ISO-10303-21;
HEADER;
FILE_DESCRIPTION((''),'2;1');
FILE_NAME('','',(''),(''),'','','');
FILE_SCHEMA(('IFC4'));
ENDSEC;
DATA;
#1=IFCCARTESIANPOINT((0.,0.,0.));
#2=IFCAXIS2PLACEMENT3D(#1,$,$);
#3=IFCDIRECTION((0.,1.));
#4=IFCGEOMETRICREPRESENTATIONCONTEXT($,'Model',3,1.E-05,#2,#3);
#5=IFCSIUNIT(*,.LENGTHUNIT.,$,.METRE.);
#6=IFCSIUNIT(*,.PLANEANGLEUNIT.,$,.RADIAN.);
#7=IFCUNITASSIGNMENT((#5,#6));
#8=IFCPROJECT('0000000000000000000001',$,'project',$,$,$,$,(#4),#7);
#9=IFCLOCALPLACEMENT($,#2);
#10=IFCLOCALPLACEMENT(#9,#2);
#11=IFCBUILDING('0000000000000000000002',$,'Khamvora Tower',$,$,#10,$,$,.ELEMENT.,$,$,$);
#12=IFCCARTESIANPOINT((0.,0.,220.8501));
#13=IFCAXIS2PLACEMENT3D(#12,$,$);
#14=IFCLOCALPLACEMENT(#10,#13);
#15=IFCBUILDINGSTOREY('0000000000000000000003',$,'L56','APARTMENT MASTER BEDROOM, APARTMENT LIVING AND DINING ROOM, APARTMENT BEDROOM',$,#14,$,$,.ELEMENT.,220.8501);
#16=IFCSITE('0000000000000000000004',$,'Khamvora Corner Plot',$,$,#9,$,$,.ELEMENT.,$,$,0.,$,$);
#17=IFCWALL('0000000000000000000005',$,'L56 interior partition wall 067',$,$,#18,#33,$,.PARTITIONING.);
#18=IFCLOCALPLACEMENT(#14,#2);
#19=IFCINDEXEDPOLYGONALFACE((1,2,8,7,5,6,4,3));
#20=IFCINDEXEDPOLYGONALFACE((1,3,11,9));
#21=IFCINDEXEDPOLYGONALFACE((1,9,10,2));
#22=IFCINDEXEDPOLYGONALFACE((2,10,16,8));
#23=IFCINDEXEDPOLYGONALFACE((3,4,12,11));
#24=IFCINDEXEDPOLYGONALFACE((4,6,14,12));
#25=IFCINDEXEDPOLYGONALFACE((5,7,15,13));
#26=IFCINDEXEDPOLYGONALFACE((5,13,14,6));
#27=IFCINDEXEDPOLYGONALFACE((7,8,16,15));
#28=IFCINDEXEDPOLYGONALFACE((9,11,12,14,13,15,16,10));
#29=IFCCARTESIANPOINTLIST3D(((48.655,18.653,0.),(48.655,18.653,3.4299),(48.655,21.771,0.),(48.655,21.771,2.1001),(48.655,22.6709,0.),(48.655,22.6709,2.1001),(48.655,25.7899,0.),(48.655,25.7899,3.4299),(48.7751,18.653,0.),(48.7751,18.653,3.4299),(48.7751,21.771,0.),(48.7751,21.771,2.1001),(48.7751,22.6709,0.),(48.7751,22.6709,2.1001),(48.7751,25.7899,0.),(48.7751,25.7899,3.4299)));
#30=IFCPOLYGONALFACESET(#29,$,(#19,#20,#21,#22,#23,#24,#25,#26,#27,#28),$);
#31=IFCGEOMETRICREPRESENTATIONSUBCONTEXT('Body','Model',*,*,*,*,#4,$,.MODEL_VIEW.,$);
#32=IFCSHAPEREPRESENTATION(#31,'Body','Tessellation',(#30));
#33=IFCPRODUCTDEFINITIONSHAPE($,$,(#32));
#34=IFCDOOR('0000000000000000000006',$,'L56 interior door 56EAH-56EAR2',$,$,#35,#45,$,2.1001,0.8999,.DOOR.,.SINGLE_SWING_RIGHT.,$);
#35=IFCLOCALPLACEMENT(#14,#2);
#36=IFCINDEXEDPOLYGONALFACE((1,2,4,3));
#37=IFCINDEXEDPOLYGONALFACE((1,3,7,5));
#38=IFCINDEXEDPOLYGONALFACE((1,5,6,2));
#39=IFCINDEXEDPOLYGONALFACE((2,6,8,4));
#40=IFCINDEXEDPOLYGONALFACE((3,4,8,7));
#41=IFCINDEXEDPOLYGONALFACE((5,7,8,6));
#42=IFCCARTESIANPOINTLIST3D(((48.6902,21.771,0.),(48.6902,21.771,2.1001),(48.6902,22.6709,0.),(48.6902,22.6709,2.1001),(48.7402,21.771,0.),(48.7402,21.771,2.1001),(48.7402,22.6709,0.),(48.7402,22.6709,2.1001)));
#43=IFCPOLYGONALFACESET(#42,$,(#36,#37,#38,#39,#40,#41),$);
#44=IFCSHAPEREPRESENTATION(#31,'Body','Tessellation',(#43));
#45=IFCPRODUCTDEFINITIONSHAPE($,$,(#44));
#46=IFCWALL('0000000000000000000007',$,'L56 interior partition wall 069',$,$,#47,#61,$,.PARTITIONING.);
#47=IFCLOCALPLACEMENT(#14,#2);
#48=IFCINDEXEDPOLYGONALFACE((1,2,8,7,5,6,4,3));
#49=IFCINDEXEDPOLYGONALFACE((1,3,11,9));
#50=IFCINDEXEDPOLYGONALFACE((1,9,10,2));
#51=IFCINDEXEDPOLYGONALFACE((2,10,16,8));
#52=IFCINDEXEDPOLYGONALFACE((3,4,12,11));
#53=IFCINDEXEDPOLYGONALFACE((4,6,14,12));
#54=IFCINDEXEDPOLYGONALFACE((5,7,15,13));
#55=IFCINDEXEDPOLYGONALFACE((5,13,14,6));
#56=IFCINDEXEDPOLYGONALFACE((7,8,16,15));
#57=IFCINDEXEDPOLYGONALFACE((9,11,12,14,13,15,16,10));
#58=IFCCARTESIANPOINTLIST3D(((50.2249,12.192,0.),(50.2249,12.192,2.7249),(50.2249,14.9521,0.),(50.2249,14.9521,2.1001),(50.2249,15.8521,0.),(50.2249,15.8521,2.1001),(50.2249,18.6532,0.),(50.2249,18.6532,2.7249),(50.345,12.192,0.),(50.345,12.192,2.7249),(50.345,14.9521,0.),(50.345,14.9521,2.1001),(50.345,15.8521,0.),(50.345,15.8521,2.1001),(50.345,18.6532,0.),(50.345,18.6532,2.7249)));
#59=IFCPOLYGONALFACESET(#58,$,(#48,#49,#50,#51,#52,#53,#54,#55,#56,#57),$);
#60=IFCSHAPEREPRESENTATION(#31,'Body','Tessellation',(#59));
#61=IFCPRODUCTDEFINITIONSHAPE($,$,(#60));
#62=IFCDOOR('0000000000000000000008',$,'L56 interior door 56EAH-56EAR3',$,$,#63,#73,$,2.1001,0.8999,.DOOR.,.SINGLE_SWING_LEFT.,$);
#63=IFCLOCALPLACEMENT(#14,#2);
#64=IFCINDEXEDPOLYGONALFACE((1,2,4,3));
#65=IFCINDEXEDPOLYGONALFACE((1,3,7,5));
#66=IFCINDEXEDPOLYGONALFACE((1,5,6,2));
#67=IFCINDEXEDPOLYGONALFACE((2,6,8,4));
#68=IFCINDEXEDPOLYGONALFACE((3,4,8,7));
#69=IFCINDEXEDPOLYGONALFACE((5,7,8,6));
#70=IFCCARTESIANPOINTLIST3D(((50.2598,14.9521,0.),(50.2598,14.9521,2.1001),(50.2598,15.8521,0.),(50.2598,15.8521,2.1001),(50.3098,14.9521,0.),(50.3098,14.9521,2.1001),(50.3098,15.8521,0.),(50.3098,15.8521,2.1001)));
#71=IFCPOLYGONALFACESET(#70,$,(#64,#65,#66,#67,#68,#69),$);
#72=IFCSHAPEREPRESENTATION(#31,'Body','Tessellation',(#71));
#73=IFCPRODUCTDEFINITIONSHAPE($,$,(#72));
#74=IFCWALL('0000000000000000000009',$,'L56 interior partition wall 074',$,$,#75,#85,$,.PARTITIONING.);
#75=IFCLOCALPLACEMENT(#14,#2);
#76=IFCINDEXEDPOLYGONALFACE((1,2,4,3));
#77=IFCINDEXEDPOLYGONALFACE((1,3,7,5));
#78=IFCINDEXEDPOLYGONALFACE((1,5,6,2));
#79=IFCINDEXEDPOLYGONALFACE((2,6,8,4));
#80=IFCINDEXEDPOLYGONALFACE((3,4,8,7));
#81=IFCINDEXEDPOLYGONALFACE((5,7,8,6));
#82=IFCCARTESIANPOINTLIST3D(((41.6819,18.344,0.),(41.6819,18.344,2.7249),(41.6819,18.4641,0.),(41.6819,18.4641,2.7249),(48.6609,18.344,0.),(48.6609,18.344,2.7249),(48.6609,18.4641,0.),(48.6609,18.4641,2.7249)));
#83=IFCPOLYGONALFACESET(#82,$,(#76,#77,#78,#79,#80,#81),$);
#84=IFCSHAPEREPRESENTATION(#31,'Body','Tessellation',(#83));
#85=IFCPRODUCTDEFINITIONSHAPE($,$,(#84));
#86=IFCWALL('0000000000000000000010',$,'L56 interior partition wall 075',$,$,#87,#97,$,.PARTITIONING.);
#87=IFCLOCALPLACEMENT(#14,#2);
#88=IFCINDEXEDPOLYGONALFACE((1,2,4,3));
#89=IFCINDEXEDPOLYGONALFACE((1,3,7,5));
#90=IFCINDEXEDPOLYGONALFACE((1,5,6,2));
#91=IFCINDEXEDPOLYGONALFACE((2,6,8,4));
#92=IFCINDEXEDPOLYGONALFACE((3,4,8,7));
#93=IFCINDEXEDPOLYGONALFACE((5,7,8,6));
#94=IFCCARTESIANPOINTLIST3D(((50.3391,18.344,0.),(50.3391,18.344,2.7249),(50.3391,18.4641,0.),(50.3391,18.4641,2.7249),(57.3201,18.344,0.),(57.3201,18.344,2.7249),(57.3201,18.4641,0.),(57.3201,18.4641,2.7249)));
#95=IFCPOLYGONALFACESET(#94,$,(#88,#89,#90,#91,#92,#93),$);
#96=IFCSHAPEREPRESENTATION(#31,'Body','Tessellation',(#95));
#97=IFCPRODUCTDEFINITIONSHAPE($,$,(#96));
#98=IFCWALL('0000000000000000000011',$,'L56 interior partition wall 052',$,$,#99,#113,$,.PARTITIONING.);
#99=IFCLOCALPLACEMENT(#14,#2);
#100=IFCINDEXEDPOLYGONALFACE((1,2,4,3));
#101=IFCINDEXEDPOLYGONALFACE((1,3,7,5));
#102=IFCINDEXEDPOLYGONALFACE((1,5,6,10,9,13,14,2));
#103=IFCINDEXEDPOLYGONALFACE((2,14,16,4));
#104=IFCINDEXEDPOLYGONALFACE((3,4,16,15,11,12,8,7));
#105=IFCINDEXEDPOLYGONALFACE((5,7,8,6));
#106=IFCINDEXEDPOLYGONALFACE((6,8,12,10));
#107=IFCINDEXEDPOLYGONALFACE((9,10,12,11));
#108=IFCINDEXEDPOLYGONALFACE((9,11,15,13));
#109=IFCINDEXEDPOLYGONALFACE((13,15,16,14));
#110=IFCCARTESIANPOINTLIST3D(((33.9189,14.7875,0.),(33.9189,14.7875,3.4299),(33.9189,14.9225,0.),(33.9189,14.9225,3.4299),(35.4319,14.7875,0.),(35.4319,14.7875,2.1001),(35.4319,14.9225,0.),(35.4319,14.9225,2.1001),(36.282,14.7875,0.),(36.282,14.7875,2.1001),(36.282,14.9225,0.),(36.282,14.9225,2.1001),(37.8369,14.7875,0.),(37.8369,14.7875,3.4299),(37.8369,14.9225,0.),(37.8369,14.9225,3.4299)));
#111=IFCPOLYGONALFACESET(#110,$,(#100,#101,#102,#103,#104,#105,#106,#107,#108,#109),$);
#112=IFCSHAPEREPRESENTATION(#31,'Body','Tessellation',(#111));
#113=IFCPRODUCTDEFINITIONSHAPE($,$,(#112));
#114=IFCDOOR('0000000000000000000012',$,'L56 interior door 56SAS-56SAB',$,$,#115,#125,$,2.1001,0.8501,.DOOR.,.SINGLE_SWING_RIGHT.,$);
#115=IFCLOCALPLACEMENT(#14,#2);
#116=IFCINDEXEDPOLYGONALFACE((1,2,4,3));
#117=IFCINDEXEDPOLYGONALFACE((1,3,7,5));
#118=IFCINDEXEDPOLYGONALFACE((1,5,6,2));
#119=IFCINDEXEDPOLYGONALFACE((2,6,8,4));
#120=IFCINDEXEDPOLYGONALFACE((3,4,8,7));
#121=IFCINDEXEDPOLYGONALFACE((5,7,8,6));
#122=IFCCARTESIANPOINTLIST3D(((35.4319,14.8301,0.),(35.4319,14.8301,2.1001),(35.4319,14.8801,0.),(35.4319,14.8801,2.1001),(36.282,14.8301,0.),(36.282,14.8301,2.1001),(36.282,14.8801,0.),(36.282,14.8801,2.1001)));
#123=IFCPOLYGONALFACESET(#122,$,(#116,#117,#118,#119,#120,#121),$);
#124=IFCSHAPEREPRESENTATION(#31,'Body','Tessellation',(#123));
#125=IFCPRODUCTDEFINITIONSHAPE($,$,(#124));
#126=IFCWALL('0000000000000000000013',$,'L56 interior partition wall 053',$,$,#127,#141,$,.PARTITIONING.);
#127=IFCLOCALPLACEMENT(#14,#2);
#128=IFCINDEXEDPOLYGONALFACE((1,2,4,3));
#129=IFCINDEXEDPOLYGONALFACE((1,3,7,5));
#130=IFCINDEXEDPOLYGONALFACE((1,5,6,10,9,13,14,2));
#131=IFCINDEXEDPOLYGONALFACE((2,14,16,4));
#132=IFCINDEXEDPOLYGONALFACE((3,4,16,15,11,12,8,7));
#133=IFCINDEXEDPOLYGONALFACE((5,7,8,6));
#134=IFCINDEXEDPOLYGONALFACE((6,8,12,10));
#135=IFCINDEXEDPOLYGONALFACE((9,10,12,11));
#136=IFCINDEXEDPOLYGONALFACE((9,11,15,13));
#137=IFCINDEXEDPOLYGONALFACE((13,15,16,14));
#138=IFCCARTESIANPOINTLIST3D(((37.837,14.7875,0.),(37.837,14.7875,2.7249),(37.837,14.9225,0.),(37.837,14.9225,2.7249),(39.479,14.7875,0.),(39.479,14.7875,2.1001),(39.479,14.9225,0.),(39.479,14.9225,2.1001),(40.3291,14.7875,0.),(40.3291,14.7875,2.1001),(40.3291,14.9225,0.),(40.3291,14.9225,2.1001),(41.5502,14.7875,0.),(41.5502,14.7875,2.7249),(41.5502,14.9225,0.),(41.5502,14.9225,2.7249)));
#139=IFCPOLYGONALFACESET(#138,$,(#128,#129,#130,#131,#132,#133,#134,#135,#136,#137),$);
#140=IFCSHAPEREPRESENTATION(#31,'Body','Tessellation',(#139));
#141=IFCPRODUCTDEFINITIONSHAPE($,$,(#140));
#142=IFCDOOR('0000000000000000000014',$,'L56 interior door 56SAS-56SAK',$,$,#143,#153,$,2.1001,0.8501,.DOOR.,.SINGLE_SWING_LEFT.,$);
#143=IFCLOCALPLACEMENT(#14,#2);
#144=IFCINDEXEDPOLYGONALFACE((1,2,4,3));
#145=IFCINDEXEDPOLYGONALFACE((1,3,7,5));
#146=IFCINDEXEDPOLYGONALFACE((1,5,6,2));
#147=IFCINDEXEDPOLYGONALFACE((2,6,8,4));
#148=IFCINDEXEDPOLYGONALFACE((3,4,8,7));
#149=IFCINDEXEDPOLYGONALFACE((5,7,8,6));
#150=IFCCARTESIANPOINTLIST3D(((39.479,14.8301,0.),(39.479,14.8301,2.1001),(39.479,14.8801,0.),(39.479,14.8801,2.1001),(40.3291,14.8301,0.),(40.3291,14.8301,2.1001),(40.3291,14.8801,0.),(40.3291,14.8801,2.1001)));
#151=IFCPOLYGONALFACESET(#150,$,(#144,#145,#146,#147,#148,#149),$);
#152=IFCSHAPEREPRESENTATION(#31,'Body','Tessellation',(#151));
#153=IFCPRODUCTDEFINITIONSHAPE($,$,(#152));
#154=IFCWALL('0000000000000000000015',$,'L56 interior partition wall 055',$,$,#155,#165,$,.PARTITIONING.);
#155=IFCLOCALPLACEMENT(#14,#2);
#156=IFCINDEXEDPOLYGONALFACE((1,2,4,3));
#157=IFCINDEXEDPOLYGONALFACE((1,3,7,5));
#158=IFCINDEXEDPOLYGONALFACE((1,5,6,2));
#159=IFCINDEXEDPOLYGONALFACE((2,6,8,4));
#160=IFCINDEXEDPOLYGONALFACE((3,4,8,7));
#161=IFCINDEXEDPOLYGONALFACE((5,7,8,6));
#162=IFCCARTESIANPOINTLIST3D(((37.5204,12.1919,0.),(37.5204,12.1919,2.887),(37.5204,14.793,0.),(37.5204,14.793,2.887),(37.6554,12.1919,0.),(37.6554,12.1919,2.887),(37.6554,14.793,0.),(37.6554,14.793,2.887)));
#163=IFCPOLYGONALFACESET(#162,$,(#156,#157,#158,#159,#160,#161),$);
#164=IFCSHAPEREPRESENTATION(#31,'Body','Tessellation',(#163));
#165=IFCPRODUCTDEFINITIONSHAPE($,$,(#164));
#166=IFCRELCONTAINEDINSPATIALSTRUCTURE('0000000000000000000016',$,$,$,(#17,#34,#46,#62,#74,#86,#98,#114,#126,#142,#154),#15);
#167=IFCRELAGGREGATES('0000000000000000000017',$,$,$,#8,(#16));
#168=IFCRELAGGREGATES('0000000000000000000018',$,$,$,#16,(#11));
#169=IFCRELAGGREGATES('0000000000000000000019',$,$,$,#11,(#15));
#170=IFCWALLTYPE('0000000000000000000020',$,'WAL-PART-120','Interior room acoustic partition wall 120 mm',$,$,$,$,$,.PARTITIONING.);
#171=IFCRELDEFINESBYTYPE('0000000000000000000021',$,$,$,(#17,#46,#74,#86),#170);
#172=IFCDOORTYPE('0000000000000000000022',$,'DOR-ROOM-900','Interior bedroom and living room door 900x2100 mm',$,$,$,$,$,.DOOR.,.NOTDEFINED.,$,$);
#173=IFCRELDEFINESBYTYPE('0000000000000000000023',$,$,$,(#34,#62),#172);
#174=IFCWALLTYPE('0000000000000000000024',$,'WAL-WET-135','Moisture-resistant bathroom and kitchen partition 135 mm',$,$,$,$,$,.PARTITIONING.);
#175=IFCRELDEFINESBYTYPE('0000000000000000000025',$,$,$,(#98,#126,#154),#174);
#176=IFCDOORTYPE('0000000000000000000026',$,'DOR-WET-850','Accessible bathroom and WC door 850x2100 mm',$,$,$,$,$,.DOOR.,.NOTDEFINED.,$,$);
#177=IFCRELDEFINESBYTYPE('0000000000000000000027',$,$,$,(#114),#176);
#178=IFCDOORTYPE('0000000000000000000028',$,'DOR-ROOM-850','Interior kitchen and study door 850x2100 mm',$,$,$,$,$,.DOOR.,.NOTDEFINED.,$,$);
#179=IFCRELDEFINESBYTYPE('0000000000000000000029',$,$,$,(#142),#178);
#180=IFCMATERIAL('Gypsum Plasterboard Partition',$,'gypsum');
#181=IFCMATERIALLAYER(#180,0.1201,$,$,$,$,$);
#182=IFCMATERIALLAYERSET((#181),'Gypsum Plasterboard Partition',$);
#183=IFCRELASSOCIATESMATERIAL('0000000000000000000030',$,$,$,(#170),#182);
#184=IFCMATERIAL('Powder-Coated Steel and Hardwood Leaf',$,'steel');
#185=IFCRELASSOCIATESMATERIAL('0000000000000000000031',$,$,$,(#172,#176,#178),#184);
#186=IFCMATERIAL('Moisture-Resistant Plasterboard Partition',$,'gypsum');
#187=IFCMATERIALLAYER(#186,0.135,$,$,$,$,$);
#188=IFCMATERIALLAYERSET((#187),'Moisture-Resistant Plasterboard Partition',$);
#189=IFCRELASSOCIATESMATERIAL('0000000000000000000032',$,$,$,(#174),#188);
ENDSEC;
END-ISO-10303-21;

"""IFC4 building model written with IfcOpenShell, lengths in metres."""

from ifc_helpers import new_model, si_unit, direction, frame, frame_2d, origin, place, context, subcontext, project, spatial, rectangle, extrude, material, layer, layer_set, type_object, element, fill, save


model = new_model("IFC4")

# Units and contexts
model_context = context("Model", 3, precision=1e-05, world=origin(), true_north=direction((0.0, 1.0)))
body_context = subcontext(model_context, "Body", "Model", "MODEL_VIEW")
ifc_project = project(units=[si_unit("LENGTHUNIT", "METRE"), si_unit("PLANEANGLEUNIT", "RADIAN")], contexts=[model_context])

# Site, building, storey
site_placement = place(None, origin())
site = spatial("IfcSite", under=ifc_project, at=site_placement, Name="Khamvora Corner Plot", CompositionType="ELEMENT", RefElevation=0.0)
building_placement = place(site_placement, origin())
building = spatial("IfcBuilding", under=site, at=building_placement, Name="Khamvora Tower", CompositionType="ELEMENT")
storey_placement = place(building_placement, frame((0.0, 0.0, 220.8501)))
storey = spatial("IfcBuildingStorey", under=building, at=storey_placement, Name="L56", Description="APARTMENT MASTER BEDROOM, APARTMENT LIVING AND DINING ROOM, APARTMENT BEDROOM", CompositionType="ELEMENT", Elevation=220.8501)

# Shared definitions
ifc_material_1 = material(Name="Powder-Coated Steel and Hardwood Leaf", Category="steel")

# Walls, openings, doors
ifc_material_2 = material(Name="Gypsum Plasterboard Partition", Category="gypsum")
ifc_layer_1 = layer(ifc_material_2, 0.1201)
ifc_layer_set_1 = layer_set([ifc_layer_1], Name="Gypsum Plasterboard Partition")
wall_type_1 = type_object("IfcWallType", Name="WAL-PART-120", Description="Interior room acoustic partition wall 120 mm", PredefinedType="PARTITIONING", material=ifc_layer_set_1)
door_type_1 = type_object("IfcDoorType", Name="DOR-ROOM-900", Description="Interior bedroom and living room door 900x2100 mm", OperationType="NOTDEFINED", PredefinedType="DOOR", material=ifc_material_1)
wall_1_placement = place(storey_placement, frame((48.7151, 18.6531, 0.0), z_axis=(0.0, 0.0, 1.0), x_axis=(0.0, 1.0, 0.0)))
wall_1 = element("IfcWall", 1, at=wall_1_placement, inside=storey, type_object=wall_type_1, Name="L56 interior partition wall 067", PredefinedType="PARTITIONING", context=body_context, shape_type="SweptSolid", body=[
    extrude(rectangle(XDim=7.137, YDim=0.1201, at=frame_2d((3.5684, 0.0))), origin(), (0.0, 0.0, 1.0), 3.4299),
])
opening_1_placement = place(wall_1_placement, frame((3.1179, 0.0, 0.0)))
opening_1 = element("IfcOpeningElement", 2, at=opening_1_placement, cuts=wall_1, PredefinedType="OPENING", context=body_context, shape_type="SweptSolid", body=[
    extrude(rectangle(XDim=0.8999, YDim=2.1001, at=frame_2d((0.45, 1.05))), frame((0.0, 0.0701, 0.0), z_axis=(0.0, -1.0, 0.0), x_axis=(1.0, 0.0, 0.0)), (0.0, 0.0, 1.0), 0.1401),
])
door_1_placement = place(opening_1_placement, origin())
door_1 = element("IfcDoor", 3, at=door_1_placement, inside=storey, type_object=door_type_1, Name="L56 interior door 56EAH-56EAR2", OperationType="SINGLE_SWING_RIGHT", OverallHeight=2.1001, OverallWidth=0.8999, PredefinedType="DOOR", context=body_context, shape_type="SweptSolid", body=[
    extrude(rectangle(XDim=0.8999, YDim=2.1001, at=frame_2d((0.45, 1.05))), frame((0.0, 0.0249, 0.0), z_axis=(0.0, -1.0, 0.0), x_axis=(1.0, 0.0, 0.0)), (0.0, 0.0, 1.0), 0.05),
])
fill(opening_1, door_1)
wall_2_placement = place(storey_placement, frame((50.2849, 18.6531, 0.0), z_axis=(0.0, 0.0, 1.0), x_axis=(0.0, -1.0, 0.0)))
wall_2 = element("IfcWall", 4, at=wall_2_placement, inside=storey, type_object=wall_type_1, Name="L56 interior partition wall 069", PredefinedType="PARTITIONING", context=body_context, shape_type="SweptSolid", body=[
    extrude(rectangle(XDim=6.4612, YDim=0.1201, at=frame_2d((3.2305, 0.0))), origin(), (0.0, 0.0, 1.0), 2.7249),
])
opening_2_placement = place(wall_2_placement, frame((2.801, 0.0, 0.0)))
opening_2 = element("IfcOpeningElement", 5, at=opening_2_placement, cuts=wall_2, PredefinedType="OPENING", context=body_context, shape_type="SweptSolid", body=[
    extrude(rectangle(XDim=0.8999, YDim=2.1001, at=frame_2d((0.45, 1.05))), frame((0.0, 0.0701, 0.0), z_axis=(0.0, -1.0, 0.0), x_axis=(1.0, 0.0, 0.0)), (0.0, 0.0, 1.0), 0.1401),
])
door_2_placement = place(opening_2_placement, origin())
door_2 = element("IfcDoor", 6, at=door_2_placement, inside=storey, type_object=door_type_1, Name="L56 interior door 56EAH-56EAR3", OperationType="SINGLE_SWING_LEFT", OverallHeight=2.1001, OverallWidth=0.8999, PredefinedType="DOOR", context=body_context, shape_type="SweptSolid", body=[
    extrude(rectangle(XDim=0.8999, YDim=2.1001, at=frame_2d((0.45, 1.05))), frame((0.0, 0.0249, 0.0), z_axis=(0.0, -1.0, 0.0), x_axis=(1.0, 0.0, 0.0)), (0.0, 0.0, 1.0), 0.05),
])
fill(opening_2, door_2)

# Walls
wall_3_placement = place(storey_placement, frame((41.6819, 18.4041, 0.0), z_axis=(0.0, 0.0, 1.0), x_axis=(1.0, 0.0, 0.0)))
element("IfcWall", 7, at=wall_3_placement, inside=storey, type_object=wall_type_1, Name="L56 interior partition wall 074", PredefinedType="PARTITIONING", context=body_context, shape_type="SweptSolid", body=[
    extrude(rectangle(XDim=6.979, YDim=0.1201, at=frame_2d((3.4895, 0.0))), origin(), (0.0, 0.0, 1.0), 2.7249),
])
wall_4_placement = place(storey_placement, frame((50.3391, 18.4041, 0.0), z_axis=(0.0, 0.0, 1.0), x_axis=(1.0, 0.0, 0.0)))
element("IfcWall", 8, at=wall_4_placement, inside=storey, type_object=wall_type_1, Name="L56 interior partition wall 075", PredefinedType="PARTITIONING", context=body_context, shape_type="SweptSolid", body=[
    extrude(rectangle(XDim=6.981, YDim=0.1201, at=frame_2d((3.4905, 0.0))), origin(), (0.0, 0.0, 1.0), 2.7249),
])

# Walls, openings, doors
ifc_material_3 = material(Name="Moisture-Resistant Plasterboard Partition", Category="gypsum")
ifc_layer_2 = layer(ifc_material_3, 0.135)
ifc_layer_set_2 = layer_set([ifc_layer_2], Name="Moisture-Resistant Plasterboard Partition")
wall_type_2 = type_object("IfcWallType", Name="WAL-WET-135", Description="Moisture-resistant bathroom and kitchen partition 135 mm", PredefinedType="PARTITIONING", material=ifc_layer_set_2)
wall_5_placement = place(storey_placement, frame((37.8369, 14.855, 0.0), z_axis=(0.0, 0.0, 1.0), x_axis=(-1.0, 0.0, 0.0)))
wall_5 = element("IfcWall", 9, at=wall_5_placement, inside=storey, type_object=wall_type_2, Name="L56 interior partition wall 052", PredefinedType="PARTITIONING", context=body_context, shape_type="SweptSolid", body=[
    extrude(rectangle(XDim=3.918, YDim=0.135, at=frame_2d((1.959, 0.0))), origin(), (0.0, 0.0, 1.0), 3.4299),
])
opening_3_placement = place(wall_5_placement, frame((1.5549, 0.0, 0.0)))
opening_3 = element("IfcOpeningElement", 10, at=opening_3_placement, cuts=wall_5, PredefinedType="OPENING", context=body_context, shape_type="SweptSolid", body=[
    extrude(rectangle(XDim=0.8501, YDim=2.1001, at=frame_2d((0.425, 1.05))), frame((0.0, 0.0774, 0.0), z_axis=(0.0, -1.0, 0.0), x_axis=(1.0, 0.0, 0.0)), (0.0, 0.0, 1.0), 0.155),
])
door_type_2 = type_object("IfcDoorType", Name="DOR-WET-850", Description="Accessible bathroom and WC door 850x2100 mm", OperationType="NOTDEFINED", PredefinedType="DOOR", material=ifc_material_1)
door_3_placement = place(opening_3_placement, origin())
door_3 = element("IfcDoor", 11, at=door_3_placement, inside=storey, type_object=door_type_2, Name="L56 interior door 56SAS-56SAB", OperationType="SINGLE_SWING_RIGHT", OverallHeight=2.1001, OverallWidth=0.8501, PredefinedType="DOOR", context=body_context, shape_type="SweptSolid", body=[
    extrude(rectangle(XDim=0.8501, YDim=2.1001, at=frame_2d((0.425, 1.05))), frame((0.0, 0.0249, 0.0), z_axis=(0.0, -1.0, 0.0), x_axis=(1.0, 0.0, 0.0)), (0.0, 0.0, 1.0), 0.05),
])
fill(opening_3, door_3)
wall_6_placement = place(storey_placement, frame((41.55, 14.855, 0.0), z_axis=(0.0, 0.0, 1.0), x_axis=(-1.0, 0.0, 0.0)))
wall_6 = element("IfcWall", 12, at=wall_6_placement, inside=storey, type_object=wall_type_2, Name="L56 interior partition wall 053", PredefinedType="PARTITIONING", context=body_context, shape_type="SweptSolid", body=[
    extrude(rectangle(XDim=3.7131, YDim=0.135, at=frame_2d((1.8564, 0.0))), origin(), (0.0, 0.0, 1.0), 2.7249),
])
opening_4_placement = place(wall_6_placement, frame((1.2209, 0.0, 0.0)))
opening_4 = element("IfcOpeningElement", 13, at=opening_4_placement, cuts=wall_6, PredefinedType="OPENING", context=body_context, shape_type="SweptSolid", body=[
    extrude(rectangle(XDim=0.8501, YDim=2.1001, at=frame_2d((0.425, 1.05))), frame((0.0, 0.0774, 0.0), z_axis=(0.0, -1.0, 0.0), x_axis=(1.0, 0.0, 0.0)), (0.0, 0.0, 1.0), 0.155),
])
door_type_3 = type_object("IfcDoorType", Name="DOR-ROOM-850", Description="Interior kitchen and study door 850x2100 mm", OperationType="NOTDEFINED", PredefinedType="DOOR", material=ifc_material_1)
door_4_placement = place(opening_4_placement, origin())
door_4 = element("IfcDoor", 14, at=door_4_placement, inside=storey, type_object=door_type_3, Name="L56 interior door 56SAS-56SAK", OperationType="SINGLE_SWING_LEFT", OverallHeight=2.1001, OverallWidth=0.8501, PredefinedType="DOOR", context=body_context, shape_type="SweptSolid", body=[
    extrude(rectangle(XDim=0.8501, YDim=2.1001, at=frame_2d((0.425, 1.05))), frame((0.0, 0.0249, 0.0), z_axis=(0.0, -1.0, 0.0), x_axis=(1.0, 0.0, 0.0)), (0.0, 0.0, 1.0), 0.05),
])
fill(opening_4, door_4)

# Wall
wall_7_placement = place(storey_placement, frame((37.5879, 14.793, 0.0), z_axis=(0.0, 0.0, 1.0), x_axis=(0.0, -1.0, 0.0)))
element("IfcWall", 15, at=wall_7_placement, inside=storey, type_object=wall_type_2, Name="L56 interior partition wall 055", PredefinedType="PARTITIONING", context=body_context, shape_type="SweptSolid", body=[
    extrude(rectangle(XDim=2.6011, YDim=0.135, at=frame_2d((1.3005, 0.0))), origin(), (0.0, 0.0, 1.0), 2.887),
])

save(model, "model.ifc")
